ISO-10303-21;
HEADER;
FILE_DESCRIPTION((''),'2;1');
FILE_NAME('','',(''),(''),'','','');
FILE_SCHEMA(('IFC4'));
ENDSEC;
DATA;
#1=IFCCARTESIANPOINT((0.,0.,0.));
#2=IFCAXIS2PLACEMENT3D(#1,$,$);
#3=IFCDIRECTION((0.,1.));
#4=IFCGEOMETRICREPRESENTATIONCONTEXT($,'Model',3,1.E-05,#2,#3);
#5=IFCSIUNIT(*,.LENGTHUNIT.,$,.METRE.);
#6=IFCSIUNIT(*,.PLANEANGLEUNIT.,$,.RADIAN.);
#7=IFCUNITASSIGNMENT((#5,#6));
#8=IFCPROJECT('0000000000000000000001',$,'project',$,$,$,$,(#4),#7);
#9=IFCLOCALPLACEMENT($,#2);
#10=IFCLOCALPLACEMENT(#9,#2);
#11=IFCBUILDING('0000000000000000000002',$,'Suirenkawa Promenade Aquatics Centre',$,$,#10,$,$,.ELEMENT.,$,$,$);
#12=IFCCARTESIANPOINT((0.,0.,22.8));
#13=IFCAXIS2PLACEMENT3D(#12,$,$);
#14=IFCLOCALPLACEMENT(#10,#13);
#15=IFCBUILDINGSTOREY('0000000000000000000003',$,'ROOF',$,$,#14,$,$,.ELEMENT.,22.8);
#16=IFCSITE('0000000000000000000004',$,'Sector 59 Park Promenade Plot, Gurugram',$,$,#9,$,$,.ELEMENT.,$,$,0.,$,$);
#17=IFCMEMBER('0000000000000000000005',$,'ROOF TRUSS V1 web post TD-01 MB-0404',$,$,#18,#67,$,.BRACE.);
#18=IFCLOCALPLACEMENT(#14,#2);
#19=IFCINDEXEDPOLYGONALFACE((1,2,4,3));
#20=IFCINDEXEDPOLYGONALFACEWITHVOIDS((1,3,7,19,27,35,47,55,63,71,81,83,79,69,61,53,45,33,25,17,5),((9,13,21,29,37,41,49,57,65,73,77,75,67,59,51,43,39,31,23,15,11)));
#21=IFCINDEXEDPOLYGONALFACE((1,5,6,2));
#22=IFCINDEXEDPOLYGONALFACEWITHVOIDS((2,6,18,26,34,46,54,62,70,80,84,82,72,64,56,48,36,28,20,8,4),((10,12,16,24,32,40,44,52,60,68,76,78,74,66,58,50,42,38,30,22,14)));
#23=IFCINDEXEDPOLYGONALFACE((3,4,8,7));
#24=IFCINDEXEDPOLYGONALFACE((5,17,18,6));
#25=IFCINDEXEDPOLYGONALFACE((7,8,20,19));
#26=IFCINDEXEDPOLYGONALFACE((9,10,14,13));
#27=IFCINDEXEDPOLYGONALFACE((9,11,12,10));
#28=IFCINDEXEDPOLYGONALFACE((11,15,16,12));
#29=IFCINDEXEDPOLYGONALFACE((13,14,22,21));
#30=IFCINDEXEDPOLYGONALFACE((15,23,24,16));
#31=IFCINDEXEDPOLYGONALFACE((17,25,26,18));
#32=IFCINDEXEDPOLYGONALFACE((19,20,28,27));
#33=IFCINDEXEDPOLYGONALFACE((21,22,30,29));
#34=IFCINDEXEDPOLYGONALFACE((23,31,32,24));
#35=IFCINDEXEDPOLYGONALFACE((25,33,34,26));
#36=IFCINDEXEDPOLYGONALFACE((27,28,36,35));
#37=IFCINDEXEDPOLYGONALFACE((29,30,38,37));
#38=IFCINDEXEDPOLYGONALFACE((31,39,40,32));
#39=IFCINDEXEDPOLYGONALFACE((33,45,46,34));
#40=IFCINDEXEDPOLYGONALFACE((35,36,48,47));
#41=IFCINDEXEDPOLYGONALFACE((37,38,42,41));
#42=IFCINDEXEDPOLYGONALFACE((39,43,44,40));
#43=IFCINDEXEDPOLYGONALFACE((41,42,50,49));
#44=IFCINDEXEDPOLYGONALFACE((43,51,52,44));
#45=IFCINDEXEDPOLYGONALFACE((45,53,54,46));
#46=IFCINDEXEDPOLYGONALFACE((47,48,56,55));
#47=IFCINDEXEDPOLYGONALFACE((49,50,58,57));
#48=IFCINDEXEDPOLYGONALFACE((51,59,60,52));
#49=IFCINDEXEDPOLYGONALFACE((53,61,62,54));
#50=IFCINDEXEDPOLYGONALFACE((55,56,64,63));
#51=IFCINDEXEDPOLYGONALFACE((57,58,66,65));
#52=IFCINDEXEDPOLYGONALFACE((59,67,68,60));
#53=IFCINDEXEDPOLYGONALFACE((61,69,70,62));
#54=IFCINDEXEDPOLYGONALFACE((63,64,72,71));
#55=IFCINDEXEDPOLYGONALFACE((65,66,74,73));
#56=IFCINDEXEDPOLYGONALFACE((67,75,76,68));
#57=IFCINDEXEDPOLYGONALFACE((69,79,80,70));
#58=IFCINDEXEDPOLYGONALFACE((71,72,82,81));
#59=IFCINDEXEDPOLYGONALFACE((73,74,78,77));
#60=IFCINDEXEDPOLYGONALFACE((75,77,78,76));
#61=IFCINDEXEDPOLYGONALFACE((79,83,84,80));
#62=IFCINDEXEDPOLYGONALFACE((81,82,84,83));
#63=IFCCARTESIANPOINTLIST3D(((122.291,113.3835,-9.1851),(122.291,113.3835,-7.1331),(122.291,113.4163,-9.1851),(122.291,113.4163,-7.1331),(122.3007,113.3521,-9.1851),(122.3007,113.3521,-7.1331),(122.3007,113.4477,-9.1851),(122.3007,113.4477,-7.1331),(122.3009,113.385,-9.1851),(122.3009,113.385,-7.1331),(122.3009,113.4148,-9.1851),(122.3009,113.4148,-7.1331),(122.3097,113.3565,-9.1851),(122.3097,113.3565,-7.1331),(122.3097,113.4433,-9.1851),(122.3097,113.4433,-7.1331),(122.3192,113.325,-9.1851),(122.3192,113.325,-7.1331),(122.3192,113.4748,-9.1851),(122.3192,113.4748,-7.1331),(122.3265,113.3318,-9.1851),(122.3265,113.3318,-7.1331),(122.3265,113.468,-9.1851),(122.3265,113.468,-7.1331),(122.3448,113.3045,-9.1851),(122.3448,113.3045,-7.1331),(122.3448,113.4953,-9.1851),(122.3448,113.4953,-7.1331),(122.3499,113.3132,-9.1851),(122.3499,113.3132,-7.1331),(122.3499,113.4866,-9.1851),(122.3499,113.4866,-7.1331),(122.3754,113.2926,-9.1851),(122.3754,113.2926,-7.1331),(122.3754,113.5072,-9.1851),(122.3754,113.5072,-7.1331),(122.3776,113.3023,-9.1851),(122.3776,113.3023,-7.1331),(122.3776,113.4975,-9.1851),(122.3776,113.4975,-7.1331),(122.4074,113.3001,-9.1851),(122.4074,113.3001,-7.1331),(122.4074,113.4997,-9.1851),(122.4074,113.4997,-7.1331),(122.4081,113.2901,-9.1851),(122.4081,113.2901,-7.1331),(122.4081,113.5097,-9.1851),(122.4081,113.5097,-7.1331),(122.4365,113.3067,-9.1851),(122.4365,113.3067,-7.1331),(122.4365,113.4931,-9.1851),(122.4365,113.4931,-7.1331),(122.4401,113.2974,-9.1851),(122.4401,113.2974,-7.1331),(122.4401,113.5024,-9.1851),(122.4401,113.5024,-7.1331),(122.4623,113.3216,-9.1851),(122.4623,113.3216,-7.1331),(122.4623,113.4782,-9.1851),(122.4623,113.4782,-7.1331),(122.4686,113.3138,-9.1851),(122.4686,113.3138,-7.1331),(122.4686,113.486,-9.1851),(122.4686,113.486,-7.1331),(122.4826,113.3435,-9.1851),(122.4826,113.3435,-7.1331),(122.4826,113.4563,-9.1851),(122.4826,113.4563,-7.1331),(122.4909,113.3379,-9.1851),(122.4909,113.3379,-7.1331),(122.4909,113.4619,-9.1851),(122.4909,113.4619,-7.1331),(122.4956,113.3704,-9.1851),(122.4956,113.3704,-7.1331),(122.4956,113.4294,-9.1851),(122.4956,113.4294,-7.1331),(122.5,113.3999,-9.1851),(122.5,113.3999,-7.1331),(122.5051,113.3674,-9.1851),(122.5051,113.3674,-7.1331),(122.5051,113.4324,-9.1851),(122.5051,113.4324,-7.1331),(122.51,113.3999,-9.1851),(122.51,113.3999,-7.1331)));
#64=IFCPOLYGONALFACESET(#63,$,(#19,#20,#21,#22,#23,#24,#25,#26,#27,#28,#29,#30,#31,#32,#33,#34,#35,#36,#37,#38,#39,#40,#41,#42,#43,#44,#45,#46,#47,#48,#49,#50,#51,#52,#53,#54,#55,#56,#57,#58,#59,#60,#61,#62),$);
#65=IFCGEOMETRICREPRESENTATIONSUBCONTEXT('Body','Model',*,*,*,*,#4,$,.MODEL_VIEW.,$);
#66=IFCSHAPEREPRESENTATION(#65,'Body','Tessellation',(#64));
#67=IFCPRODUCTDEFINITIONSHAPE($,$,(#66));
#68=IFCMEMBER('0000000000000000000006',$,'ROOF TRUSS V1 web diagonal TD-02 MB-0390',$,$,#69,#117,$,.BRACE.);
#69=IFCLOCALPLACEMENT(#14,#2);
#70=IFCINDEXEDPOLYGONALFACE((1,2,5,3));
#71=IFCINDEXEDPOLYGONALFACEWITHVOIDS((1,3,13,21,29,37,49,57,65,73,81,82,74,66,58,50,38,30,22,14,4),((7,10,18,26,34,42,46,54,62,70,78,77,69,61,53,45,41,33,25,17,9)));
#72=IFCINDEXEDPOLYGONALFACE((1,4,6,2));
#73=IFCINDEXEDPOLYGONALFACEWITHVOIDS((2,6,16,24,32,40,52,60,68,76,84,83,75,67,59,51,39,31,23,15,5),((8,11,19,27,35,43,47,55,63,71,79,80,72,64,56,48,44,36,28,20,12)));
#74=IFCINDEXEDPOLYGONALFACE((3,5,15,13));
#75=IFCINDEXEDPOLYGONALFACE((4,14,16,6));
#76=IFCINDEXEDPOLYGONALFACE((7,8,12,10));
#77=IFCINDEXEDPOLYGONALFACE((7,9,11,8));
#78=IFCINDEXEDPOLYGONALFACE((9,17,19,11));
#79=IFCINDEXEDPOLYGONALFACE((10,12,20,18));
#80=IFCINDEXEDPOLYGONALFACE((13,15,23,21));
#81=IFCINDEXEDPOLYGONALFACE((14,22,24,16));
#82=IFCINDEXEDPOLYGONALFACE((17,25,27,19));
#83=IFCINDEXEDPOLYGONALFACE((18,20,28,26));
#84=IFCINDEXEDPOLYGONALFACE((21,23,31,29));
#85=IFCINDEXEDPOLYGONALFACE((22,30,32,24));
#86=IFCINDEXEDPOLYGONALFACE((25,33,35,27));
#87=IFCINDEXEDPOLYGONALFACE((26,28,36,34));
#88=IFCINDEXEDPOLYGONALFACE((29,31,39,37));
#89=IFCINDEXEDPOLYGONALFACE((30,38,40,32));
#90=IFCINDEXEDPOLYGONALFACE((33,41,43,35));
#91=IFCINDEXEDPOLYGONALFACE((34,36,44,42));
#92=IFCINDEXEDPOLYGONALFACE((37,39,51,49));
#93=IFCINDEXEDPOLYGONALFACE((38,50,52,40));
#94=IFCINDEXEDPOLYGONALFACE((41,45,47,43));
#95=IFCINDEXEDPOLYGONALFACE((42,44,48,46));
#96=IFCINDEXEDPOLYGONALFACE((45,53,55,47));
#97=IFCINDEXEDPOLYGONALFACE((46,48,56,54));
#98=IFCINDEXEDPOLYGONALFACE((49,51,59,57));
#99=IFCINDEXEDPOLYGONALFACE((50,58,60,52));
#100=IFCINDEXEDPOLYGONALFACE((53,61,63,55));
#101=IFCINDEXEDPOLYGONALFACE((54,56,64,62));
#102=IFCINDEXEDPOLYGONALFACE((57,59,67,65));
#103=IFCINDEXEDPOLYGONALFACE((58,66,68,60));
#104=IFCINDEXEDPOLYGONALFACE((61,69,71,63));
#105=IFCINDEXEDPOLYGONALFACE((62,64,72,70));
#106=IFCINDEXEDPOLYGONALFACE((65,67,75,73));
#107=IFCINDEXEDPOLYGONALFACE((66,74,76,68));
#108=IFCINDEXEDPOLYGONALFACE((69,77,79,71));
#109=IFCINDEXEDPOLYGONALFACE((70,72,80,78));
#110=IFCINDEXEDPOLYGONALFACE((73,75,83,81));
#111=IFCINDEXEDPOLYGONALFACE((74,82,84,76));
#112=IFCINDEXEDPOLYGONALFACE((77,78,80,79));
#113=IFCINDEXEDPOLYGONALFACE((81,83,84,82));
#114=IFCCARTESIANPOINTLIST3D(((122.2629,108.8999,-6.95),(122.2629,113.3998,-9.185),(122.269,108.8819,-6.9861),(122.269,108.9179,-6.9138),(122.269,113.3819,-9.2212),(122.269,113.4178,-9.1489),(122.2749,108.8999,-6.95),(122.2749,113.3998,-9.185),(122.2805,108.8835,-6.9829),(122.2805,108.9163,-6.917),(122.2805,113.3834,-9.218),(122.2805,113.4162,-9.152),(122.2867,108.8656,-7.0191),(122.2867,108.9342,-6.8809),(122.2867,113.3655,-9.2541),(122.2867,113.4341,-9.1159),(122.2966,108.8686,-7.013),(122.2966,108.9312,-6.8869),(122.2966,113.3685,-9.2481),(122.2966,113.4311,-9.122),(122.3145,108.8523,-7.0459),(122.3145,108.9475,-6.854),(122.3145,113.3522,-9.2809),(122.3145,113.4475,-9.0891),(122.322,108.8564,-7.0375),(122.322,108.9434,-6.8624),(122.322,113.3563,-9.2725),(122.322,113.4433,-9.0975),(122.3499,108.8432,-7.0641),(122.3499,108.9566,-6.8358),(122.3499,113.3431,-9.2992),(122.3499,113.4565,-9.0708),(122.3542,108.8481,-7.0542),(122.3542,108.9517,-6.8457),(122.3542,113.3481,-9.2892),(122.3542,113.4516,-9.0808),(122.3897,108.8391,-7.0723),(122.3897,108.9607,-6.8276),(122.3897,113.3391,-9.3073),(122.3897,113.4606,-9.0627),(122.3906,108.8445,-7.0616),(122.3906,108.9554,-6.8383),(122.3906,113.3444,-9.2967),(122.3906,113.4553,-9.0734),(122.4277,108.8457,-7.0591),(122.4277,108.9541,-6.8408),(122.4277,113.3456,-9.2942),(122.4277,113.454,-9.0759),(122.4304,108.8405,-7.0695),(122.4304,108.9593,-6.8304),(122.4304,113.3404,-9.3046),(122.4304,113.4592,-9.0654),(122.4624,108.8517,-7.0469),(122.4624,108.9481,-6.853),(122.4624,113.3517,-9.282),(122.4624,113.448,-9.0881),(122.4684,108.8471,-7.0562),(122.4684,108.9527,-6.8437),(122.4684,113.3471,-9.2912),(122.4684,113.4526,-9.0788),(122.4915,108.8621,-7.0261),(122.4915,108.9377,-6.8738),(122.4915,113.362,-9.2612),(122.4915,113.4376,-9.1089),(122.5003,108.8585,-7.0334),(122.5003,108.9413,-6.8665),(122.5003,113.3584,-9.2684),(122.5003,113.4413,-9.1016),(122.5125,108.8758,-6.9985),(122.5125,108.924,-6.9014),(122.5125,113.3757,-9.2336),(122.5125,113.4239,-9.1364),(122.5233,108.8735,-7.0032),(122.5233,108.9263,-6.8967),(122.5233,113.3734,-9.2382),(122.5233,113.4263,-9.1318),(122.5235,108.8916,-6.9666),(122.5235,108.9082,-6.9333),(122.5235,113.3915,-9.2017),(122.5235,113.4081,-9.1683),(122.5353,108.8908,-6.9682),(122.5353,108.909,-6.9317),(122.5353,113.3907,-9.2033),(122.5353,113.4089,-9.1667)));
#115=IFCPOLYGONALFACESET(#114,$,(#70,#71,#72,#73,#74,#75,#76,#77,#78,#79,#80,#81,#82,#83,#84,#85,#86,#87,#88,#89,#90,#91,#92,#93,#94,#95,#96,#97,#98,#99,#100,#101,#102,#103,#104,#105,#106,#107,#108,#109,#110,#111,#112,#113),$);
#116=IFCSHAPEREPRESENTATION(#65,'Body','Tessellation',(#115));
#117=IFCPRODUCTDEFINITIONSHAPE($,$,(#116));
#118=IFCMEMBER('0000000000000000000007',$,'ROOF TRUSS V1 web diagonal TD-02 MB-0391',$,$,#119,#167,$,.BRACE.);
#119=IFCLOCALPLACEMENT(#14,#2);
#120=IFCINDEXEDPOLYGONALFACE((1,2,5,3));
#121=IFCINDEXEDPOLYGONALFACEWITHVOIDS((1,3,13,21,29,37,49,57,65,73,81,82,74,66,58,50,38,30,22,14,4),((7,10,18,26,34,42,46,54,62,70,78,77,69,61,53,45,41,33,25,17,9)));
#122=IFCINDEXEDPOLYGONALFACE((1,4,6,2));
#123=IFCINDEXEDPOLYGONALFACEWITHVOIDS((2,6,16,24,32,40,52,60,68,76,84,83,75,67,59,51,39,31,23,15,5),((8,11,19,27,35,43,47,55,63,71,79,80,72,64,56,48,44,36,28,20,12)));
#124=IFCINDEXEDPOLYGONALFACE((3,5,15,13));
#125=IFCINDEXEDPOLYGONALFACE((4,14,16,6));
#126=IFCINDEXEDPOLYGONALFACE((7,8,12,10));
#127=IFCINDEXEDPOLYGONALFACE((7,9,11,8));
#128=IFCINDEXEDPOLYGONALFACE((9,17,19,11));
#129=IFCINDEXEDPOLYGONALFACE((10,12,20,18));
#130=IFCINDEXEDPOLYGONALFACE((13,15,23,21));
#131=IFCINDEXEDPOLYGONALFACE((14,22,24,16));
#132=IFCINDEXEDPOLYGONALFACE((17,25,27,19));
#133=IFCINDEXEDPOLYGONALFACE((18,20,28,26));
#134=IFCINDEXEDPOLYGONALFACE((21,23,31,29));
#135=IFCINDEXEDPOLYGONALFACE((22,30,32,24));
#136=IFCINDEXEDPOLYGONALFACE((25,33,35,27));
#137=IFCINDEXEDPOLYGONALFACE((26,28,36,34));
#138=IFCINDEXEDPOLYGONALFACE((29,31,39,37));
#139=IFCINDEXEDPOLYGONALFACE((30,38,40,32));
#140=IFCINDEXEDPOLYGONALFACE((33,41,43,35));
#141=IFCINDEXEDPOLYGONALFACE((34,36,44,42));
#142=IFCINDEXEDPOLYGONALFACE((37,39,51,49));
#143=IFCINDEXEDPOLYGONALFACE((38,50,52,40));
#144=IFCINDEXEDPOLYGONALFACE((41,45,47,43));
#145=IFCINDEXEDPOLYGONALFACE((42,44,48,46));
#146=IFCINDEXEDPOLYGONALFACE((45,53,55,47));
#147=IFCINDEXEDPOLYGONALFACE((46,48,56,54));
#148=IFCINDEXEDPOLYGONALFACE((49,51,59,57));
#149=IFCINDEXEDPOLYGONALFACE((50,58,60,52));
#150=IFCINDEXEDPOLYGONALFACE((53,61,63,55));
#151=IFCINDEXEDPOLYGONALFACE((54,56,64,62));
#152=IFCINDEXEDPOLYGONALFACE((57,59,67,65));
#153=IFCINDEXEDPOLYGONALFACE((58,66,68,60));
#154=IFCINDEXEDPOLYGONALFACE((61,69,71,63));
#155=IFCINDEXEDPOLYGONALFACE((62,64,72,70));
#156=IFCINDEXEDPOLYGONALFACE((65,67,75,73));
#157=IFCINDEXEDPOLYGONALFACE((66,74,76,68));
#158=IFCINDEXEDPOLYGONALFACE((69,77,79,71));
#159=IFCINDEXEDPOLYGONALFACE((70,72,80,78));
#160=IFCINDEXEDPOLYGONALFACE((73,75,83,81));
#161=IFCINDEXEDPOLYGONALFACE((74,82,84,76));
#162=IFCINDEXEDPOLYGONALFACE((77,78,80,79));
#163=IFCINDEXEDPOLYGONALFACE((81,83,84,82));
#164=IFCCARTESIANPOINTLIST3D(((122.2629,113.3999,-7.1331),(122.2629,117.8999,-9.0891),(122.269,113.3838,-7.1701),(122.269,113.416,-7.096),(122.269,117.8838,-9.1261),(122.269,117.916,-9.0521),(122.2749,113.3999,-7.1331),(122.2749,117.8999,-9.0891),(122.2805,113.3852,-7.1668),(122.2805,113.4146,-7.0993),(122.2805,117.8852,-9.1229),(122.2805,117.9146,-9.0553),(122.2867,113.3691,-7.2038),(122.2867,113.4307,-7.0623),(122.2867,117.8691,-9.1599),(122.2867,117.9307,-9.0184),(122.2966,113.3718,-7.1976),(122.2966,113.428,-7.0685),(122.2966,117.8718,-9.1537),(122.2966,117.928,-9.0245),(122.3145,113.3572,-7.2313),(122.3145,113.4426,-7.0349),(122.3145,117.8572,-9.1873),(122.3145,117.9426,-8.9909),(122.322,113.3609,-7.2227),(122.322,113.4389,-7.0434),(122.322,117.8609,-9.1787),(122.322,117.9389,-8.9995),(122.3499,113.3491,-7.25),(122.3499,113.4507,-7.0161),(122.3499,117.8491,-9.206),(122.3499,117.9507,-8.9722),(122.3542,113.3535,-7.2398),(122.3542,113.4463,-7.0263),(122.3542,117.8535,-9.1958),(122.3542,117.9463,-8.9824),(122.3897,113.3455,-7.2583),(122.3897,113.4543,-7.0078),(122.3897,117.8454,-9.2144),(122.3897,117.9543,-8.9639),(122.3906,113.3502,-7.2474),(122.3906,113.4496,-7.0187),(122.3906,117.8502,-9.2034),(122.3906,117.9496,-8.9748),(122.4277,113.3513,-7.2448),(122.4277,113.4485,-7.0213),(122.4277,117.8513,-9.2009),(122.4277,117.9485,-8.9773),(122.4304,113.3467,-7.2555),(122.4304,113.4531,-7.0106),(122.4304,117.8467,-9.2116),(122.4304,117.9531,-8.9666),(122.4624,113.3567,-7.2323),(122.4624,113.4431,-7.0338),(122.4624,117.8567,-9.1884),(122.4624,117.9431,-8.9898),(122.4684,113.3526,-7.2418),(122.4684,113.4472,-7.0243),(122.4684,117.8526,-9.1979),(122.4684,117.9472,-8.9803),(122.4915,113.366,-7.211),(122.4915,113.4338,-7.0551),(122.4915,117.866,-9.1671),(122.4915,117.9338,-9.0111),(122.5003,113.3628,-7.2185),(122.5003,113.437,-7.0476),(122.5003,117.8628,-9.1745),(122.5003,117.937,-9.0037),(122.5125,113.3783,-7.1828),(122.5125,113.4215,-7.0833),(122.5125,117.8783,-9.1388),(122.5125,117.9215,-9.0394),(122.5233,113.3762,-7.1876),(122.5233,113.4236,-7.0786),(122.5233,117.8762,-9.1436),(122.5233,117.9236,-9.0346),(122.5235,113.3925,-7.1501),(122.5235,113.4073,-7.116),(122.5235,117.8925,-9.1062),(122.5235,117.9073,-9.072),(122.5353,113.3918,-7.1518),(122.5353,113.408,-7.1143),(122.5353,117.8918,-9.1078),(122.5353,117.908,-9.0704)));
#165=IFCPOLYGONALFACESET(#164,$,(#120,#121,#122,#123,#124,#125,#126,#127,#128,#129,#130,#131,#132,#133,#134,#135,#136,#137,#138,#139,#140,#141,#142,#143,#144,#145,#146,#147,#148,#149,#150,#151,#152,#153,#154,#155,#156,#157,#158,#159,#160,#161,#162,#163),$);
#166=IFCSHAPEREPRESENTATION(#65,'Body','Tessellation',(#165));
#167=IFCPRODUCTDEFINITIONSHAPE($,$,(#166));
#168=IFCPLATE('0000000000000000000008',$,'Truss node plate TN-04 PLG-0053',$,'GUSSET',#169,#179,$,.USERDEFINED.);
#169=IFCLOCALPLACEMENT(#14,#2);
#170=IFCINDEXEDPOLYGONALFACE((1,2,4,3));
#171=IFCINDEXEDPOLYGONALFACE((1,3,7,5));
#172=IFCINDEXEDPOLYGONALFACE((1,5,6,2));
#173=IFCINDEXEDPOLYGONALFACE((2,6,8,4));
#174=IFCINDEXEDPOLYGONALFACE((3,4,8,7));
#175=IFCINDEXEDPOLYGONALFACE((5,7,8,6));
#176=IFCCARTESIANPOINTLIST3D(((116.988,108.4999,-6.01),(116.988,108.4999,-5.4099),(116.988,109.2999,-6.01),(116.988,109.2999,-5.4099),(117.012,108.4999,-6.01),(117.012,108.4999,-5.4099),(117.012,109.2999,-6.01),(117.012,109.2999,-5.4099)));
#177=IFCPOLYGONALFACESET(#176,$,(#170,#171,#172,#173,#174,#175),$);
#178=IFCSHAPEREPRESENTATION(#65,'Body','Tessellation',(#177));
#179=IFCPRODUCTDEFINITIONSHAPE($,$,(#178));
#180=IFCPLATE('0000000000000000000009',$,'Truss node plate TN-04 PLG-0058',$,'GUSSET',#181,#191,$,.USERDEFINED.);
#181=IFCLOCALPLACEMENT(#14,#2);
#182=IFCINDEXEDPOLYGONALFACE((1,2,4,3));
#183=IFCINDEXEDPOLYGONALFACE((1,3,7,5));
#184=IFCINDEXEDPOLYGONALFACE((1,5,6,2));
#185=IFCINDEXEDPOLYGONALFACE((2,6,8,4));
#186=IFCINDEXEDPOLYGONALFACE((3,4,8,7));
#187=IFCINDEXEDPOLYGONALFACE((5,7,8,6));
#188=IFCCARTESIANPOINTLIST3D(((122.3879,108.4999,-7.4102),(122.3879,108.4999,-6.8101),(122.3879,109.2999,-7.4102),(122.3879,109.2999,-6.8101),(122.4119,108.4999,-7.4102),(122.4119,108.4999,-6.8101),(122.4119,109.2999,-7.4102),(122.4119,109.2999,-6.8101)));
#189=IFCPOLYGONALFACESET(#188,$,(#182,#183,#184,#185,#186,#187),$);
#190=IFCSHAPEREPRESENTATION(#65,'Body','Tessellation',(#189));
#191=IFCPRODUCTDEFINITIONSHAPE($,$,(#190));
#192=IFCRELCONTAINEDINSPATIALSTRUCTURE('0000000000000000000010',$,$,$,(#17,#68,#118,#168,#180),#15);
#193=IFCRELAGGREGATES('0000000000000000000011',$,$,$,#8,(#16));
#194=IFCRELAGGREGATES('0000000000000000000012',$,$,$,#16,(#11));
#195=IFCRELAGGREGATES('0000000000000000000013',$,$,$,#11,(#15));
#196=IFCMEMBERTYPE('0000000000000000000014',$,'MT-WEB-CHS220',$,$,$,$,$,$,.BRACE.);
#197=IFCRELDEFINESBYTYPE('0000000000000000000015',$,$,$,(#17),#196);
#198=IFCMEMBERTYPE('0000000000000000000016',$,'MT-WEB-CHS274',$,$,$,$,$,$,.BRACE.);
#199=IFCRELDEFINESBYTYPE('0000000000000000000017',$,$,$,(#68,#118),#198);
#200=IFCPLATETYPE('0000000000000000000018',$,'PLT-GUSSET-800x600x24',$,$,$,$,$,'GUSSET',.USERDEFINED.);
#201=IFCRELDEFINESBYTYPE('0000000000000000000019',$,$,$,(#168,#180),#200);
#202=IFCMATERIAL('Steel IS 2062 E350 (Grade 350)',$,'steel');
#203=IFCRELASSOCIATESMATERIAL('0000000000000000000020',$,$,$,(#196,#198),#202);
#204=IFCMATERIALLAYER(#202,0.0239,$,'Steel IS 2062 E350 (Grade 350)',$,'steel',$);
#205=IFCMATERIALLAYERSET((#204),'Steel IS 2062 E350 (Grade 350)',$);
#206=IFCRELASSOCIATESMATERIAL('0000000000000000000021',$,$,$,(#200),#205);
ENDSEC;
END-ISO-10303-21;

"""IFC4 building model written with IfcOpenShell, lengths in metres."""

from ifc_helpers import new_model, si_unit, direction, frame, origin, origin_2d, place, context, subcontext, project, spatial, rectangle, hollow_circle, extrude, material, layer, layer_set, material_profile, profile_set, type_object, element, save


model = new_model("IFC4")

# Units and contexts
model_context = context("Model", 3, precision=1e-05, world=origin(), true_north=direction((0.0, 1.0)))
body_context = subcontext(model_context, "Body", "Model", "MODEL_VIEW")
ifc_project = project(units=[si_unit("LENGTHUNIT", "METRE"), si_unit("PLANEANGLEUNIT", "RADIAN")], contexts=[model_context])

# Site, building, storey
site_placement = place(None, origin())
site = spatial("IfcSite", under=ifc_project, at=site_placement, Name="Sector 59 Park Promenade Plot, Gurugram", CompositionType="ELEMENT", RefElevation=0.0)
building_placement = place(site_placement, origin())
building = spatial("IfcBuilding", under=site, at=building_placement, Name="Suirenkawa Promenade Aquatics Centre", CompositionType="ELEMENT")
storey_placement = place(building_placement, frame((0.0, 0.0, 22.8)))
storey = spatial("IfcBuildingStorey", under=building, at=storey_placement, Name="ROOF", CompositionType="ELEMENT", Elevation=22.8)

# Shared definitions
ifc_material = material(Name="Steel IS 2062 E350 (Grade 350)", Category="steel")

# Members
ifc_material_profile_1 = material_profile(ifc_material, hollow_circle(Radius=0.1101, WallThickness=0.01, at=origin_2d()), Name="CHS 220x10", Category="steel")
ifc_profile_set_1 = profile_set([ifc_material_profile_1], Name="Steel IS 2062 E350 (Grade 350)")
member_type_1 = type_object("IfcMemberType", Name="MT-WEB-CHS220", PredefinedType="BRACE", material=ifc_profile_set_1)
member_1_placement = place(storey_placement, frame((122.3999, 113.3999, -9.1851), z_axis=(0.0, 0.0, 1.0), x_axis=(1.0, 0.0, 0.0)))
element("IfcMember", 1, at=member_1_placement, inside=storey, type_object=member_type_1, Name="ROOF TRUSS V1 web post TD-01 MB-0404", PredefinedType="BRACE", context=body_context, shape_type="SweptSolid", body=[
    extrude(hollow_circle(Radius=0.1101, WallThickness=0.01, at=origin_2d()), origin(), (0.0, 0.0, 1.0), 2.052),
])
ifc_material_profile_2 = material_profile(ifc_material, hollow_circle(Radius=0.137, WallThickness=0.012, at=origin_2d()), Name="CHS 274x12", Category="steel")
ifc_profile_set_2 = profile_set([ifc_material_profile_2], Name="Steel IS 2062 E350 (Grade 350)")
member_type_2 = type_object("IfcMemberType", Name="MT-WEB-CHS274", PredefinedType="BRACE", material=ifc_profile_set_2)
member_2_placement = place(storey_placement, frame((122.3999, 108.8999, -6.95), z_axis=(0.0, 0.89561, -0.444841), x_axis=(-1.0, 0.0, 0.0)))
element("IfcMember", 2, at=member_2_placement, inside=storey, type_object=member_type_2, Name="ROOF TRUSS V1 web diagonal TD-02 MB-0390", PredefinedType="BRACE", context=body_context, shape_type="SweptSolid", body=[
    extrude(hollow_circle(Radius=0.137, WallThickness=0.012, at=origin_2d()), origin(), (0.0, 0.0, 1.0), 5.0244),
])
member_3_placement = place(storey_placement, frame((122.3999, 113.3999, -7.1331), z_axis=(0.0, 0.917105, -0.398646), x_axis=(-1.0, 0.0, 0.0)))
element("IfcMember", 3, at=member_3_placement, inside=storey, type_object=member_type_2, Name="ROOF TRUSS V1 web diagonal TD-02 MB-0391", PredefinedType="BRACE", context=body_context, shape_type="SweptSolid", body=[
    extrude(hollow_circle(Radius=0.137, WallThickness=0.012, at=origin_2d()), origin(), (0.0, 0.0, 1.0), 4.9067),
])

# Plates
ifc_layer = layer(ifc_material, 0.0239, Name="Steel IS 2062 E350 (Grade 350)", Category="steel")
ifc_layer_set = layer_set([ifc_layer], Name="Steel IS 2062 E350 (Grade 350)")
plate_type = type_object("IfcPlateType", Name="PLT-GUSSET-800x600x24", ElementType="GUSSET", PredefinedType="USERDEFINED", material=ifc_layer_set)
for number, where, z_axis, x_axis, name in (
    (4, (117.0, 108.8999, -6.01), (0.0, 0.0, 1.0), (0.0, 1.0, 0.0), "Truss node plate TN-04 PLG-0053"),
    (5, (122.3999, 108.8999, -7.4102), (0.0, 0.0, 1.0), (0.0, 1.0, 0.0), "Truss node plate TN-04 PLG-0058"),
):
    element("IfcPlate", number, at=place(storey_placement, frame(where, z_axis=z_axis, x_axis=x_axis)), inside=storey, type_object=plate_type, Name=name, ObjectType="GUSSET", PredefinedType="USERDEFINED", context=body_context, shape_type="SweptSolid", body=[
        extrude(rectangle(XDim=0.8, YDim=0.0239, at=origin_2d()), origin(), (0.0, 0.0, 1.0), 0.6001),
    ])

save(model, "model.ifc")
